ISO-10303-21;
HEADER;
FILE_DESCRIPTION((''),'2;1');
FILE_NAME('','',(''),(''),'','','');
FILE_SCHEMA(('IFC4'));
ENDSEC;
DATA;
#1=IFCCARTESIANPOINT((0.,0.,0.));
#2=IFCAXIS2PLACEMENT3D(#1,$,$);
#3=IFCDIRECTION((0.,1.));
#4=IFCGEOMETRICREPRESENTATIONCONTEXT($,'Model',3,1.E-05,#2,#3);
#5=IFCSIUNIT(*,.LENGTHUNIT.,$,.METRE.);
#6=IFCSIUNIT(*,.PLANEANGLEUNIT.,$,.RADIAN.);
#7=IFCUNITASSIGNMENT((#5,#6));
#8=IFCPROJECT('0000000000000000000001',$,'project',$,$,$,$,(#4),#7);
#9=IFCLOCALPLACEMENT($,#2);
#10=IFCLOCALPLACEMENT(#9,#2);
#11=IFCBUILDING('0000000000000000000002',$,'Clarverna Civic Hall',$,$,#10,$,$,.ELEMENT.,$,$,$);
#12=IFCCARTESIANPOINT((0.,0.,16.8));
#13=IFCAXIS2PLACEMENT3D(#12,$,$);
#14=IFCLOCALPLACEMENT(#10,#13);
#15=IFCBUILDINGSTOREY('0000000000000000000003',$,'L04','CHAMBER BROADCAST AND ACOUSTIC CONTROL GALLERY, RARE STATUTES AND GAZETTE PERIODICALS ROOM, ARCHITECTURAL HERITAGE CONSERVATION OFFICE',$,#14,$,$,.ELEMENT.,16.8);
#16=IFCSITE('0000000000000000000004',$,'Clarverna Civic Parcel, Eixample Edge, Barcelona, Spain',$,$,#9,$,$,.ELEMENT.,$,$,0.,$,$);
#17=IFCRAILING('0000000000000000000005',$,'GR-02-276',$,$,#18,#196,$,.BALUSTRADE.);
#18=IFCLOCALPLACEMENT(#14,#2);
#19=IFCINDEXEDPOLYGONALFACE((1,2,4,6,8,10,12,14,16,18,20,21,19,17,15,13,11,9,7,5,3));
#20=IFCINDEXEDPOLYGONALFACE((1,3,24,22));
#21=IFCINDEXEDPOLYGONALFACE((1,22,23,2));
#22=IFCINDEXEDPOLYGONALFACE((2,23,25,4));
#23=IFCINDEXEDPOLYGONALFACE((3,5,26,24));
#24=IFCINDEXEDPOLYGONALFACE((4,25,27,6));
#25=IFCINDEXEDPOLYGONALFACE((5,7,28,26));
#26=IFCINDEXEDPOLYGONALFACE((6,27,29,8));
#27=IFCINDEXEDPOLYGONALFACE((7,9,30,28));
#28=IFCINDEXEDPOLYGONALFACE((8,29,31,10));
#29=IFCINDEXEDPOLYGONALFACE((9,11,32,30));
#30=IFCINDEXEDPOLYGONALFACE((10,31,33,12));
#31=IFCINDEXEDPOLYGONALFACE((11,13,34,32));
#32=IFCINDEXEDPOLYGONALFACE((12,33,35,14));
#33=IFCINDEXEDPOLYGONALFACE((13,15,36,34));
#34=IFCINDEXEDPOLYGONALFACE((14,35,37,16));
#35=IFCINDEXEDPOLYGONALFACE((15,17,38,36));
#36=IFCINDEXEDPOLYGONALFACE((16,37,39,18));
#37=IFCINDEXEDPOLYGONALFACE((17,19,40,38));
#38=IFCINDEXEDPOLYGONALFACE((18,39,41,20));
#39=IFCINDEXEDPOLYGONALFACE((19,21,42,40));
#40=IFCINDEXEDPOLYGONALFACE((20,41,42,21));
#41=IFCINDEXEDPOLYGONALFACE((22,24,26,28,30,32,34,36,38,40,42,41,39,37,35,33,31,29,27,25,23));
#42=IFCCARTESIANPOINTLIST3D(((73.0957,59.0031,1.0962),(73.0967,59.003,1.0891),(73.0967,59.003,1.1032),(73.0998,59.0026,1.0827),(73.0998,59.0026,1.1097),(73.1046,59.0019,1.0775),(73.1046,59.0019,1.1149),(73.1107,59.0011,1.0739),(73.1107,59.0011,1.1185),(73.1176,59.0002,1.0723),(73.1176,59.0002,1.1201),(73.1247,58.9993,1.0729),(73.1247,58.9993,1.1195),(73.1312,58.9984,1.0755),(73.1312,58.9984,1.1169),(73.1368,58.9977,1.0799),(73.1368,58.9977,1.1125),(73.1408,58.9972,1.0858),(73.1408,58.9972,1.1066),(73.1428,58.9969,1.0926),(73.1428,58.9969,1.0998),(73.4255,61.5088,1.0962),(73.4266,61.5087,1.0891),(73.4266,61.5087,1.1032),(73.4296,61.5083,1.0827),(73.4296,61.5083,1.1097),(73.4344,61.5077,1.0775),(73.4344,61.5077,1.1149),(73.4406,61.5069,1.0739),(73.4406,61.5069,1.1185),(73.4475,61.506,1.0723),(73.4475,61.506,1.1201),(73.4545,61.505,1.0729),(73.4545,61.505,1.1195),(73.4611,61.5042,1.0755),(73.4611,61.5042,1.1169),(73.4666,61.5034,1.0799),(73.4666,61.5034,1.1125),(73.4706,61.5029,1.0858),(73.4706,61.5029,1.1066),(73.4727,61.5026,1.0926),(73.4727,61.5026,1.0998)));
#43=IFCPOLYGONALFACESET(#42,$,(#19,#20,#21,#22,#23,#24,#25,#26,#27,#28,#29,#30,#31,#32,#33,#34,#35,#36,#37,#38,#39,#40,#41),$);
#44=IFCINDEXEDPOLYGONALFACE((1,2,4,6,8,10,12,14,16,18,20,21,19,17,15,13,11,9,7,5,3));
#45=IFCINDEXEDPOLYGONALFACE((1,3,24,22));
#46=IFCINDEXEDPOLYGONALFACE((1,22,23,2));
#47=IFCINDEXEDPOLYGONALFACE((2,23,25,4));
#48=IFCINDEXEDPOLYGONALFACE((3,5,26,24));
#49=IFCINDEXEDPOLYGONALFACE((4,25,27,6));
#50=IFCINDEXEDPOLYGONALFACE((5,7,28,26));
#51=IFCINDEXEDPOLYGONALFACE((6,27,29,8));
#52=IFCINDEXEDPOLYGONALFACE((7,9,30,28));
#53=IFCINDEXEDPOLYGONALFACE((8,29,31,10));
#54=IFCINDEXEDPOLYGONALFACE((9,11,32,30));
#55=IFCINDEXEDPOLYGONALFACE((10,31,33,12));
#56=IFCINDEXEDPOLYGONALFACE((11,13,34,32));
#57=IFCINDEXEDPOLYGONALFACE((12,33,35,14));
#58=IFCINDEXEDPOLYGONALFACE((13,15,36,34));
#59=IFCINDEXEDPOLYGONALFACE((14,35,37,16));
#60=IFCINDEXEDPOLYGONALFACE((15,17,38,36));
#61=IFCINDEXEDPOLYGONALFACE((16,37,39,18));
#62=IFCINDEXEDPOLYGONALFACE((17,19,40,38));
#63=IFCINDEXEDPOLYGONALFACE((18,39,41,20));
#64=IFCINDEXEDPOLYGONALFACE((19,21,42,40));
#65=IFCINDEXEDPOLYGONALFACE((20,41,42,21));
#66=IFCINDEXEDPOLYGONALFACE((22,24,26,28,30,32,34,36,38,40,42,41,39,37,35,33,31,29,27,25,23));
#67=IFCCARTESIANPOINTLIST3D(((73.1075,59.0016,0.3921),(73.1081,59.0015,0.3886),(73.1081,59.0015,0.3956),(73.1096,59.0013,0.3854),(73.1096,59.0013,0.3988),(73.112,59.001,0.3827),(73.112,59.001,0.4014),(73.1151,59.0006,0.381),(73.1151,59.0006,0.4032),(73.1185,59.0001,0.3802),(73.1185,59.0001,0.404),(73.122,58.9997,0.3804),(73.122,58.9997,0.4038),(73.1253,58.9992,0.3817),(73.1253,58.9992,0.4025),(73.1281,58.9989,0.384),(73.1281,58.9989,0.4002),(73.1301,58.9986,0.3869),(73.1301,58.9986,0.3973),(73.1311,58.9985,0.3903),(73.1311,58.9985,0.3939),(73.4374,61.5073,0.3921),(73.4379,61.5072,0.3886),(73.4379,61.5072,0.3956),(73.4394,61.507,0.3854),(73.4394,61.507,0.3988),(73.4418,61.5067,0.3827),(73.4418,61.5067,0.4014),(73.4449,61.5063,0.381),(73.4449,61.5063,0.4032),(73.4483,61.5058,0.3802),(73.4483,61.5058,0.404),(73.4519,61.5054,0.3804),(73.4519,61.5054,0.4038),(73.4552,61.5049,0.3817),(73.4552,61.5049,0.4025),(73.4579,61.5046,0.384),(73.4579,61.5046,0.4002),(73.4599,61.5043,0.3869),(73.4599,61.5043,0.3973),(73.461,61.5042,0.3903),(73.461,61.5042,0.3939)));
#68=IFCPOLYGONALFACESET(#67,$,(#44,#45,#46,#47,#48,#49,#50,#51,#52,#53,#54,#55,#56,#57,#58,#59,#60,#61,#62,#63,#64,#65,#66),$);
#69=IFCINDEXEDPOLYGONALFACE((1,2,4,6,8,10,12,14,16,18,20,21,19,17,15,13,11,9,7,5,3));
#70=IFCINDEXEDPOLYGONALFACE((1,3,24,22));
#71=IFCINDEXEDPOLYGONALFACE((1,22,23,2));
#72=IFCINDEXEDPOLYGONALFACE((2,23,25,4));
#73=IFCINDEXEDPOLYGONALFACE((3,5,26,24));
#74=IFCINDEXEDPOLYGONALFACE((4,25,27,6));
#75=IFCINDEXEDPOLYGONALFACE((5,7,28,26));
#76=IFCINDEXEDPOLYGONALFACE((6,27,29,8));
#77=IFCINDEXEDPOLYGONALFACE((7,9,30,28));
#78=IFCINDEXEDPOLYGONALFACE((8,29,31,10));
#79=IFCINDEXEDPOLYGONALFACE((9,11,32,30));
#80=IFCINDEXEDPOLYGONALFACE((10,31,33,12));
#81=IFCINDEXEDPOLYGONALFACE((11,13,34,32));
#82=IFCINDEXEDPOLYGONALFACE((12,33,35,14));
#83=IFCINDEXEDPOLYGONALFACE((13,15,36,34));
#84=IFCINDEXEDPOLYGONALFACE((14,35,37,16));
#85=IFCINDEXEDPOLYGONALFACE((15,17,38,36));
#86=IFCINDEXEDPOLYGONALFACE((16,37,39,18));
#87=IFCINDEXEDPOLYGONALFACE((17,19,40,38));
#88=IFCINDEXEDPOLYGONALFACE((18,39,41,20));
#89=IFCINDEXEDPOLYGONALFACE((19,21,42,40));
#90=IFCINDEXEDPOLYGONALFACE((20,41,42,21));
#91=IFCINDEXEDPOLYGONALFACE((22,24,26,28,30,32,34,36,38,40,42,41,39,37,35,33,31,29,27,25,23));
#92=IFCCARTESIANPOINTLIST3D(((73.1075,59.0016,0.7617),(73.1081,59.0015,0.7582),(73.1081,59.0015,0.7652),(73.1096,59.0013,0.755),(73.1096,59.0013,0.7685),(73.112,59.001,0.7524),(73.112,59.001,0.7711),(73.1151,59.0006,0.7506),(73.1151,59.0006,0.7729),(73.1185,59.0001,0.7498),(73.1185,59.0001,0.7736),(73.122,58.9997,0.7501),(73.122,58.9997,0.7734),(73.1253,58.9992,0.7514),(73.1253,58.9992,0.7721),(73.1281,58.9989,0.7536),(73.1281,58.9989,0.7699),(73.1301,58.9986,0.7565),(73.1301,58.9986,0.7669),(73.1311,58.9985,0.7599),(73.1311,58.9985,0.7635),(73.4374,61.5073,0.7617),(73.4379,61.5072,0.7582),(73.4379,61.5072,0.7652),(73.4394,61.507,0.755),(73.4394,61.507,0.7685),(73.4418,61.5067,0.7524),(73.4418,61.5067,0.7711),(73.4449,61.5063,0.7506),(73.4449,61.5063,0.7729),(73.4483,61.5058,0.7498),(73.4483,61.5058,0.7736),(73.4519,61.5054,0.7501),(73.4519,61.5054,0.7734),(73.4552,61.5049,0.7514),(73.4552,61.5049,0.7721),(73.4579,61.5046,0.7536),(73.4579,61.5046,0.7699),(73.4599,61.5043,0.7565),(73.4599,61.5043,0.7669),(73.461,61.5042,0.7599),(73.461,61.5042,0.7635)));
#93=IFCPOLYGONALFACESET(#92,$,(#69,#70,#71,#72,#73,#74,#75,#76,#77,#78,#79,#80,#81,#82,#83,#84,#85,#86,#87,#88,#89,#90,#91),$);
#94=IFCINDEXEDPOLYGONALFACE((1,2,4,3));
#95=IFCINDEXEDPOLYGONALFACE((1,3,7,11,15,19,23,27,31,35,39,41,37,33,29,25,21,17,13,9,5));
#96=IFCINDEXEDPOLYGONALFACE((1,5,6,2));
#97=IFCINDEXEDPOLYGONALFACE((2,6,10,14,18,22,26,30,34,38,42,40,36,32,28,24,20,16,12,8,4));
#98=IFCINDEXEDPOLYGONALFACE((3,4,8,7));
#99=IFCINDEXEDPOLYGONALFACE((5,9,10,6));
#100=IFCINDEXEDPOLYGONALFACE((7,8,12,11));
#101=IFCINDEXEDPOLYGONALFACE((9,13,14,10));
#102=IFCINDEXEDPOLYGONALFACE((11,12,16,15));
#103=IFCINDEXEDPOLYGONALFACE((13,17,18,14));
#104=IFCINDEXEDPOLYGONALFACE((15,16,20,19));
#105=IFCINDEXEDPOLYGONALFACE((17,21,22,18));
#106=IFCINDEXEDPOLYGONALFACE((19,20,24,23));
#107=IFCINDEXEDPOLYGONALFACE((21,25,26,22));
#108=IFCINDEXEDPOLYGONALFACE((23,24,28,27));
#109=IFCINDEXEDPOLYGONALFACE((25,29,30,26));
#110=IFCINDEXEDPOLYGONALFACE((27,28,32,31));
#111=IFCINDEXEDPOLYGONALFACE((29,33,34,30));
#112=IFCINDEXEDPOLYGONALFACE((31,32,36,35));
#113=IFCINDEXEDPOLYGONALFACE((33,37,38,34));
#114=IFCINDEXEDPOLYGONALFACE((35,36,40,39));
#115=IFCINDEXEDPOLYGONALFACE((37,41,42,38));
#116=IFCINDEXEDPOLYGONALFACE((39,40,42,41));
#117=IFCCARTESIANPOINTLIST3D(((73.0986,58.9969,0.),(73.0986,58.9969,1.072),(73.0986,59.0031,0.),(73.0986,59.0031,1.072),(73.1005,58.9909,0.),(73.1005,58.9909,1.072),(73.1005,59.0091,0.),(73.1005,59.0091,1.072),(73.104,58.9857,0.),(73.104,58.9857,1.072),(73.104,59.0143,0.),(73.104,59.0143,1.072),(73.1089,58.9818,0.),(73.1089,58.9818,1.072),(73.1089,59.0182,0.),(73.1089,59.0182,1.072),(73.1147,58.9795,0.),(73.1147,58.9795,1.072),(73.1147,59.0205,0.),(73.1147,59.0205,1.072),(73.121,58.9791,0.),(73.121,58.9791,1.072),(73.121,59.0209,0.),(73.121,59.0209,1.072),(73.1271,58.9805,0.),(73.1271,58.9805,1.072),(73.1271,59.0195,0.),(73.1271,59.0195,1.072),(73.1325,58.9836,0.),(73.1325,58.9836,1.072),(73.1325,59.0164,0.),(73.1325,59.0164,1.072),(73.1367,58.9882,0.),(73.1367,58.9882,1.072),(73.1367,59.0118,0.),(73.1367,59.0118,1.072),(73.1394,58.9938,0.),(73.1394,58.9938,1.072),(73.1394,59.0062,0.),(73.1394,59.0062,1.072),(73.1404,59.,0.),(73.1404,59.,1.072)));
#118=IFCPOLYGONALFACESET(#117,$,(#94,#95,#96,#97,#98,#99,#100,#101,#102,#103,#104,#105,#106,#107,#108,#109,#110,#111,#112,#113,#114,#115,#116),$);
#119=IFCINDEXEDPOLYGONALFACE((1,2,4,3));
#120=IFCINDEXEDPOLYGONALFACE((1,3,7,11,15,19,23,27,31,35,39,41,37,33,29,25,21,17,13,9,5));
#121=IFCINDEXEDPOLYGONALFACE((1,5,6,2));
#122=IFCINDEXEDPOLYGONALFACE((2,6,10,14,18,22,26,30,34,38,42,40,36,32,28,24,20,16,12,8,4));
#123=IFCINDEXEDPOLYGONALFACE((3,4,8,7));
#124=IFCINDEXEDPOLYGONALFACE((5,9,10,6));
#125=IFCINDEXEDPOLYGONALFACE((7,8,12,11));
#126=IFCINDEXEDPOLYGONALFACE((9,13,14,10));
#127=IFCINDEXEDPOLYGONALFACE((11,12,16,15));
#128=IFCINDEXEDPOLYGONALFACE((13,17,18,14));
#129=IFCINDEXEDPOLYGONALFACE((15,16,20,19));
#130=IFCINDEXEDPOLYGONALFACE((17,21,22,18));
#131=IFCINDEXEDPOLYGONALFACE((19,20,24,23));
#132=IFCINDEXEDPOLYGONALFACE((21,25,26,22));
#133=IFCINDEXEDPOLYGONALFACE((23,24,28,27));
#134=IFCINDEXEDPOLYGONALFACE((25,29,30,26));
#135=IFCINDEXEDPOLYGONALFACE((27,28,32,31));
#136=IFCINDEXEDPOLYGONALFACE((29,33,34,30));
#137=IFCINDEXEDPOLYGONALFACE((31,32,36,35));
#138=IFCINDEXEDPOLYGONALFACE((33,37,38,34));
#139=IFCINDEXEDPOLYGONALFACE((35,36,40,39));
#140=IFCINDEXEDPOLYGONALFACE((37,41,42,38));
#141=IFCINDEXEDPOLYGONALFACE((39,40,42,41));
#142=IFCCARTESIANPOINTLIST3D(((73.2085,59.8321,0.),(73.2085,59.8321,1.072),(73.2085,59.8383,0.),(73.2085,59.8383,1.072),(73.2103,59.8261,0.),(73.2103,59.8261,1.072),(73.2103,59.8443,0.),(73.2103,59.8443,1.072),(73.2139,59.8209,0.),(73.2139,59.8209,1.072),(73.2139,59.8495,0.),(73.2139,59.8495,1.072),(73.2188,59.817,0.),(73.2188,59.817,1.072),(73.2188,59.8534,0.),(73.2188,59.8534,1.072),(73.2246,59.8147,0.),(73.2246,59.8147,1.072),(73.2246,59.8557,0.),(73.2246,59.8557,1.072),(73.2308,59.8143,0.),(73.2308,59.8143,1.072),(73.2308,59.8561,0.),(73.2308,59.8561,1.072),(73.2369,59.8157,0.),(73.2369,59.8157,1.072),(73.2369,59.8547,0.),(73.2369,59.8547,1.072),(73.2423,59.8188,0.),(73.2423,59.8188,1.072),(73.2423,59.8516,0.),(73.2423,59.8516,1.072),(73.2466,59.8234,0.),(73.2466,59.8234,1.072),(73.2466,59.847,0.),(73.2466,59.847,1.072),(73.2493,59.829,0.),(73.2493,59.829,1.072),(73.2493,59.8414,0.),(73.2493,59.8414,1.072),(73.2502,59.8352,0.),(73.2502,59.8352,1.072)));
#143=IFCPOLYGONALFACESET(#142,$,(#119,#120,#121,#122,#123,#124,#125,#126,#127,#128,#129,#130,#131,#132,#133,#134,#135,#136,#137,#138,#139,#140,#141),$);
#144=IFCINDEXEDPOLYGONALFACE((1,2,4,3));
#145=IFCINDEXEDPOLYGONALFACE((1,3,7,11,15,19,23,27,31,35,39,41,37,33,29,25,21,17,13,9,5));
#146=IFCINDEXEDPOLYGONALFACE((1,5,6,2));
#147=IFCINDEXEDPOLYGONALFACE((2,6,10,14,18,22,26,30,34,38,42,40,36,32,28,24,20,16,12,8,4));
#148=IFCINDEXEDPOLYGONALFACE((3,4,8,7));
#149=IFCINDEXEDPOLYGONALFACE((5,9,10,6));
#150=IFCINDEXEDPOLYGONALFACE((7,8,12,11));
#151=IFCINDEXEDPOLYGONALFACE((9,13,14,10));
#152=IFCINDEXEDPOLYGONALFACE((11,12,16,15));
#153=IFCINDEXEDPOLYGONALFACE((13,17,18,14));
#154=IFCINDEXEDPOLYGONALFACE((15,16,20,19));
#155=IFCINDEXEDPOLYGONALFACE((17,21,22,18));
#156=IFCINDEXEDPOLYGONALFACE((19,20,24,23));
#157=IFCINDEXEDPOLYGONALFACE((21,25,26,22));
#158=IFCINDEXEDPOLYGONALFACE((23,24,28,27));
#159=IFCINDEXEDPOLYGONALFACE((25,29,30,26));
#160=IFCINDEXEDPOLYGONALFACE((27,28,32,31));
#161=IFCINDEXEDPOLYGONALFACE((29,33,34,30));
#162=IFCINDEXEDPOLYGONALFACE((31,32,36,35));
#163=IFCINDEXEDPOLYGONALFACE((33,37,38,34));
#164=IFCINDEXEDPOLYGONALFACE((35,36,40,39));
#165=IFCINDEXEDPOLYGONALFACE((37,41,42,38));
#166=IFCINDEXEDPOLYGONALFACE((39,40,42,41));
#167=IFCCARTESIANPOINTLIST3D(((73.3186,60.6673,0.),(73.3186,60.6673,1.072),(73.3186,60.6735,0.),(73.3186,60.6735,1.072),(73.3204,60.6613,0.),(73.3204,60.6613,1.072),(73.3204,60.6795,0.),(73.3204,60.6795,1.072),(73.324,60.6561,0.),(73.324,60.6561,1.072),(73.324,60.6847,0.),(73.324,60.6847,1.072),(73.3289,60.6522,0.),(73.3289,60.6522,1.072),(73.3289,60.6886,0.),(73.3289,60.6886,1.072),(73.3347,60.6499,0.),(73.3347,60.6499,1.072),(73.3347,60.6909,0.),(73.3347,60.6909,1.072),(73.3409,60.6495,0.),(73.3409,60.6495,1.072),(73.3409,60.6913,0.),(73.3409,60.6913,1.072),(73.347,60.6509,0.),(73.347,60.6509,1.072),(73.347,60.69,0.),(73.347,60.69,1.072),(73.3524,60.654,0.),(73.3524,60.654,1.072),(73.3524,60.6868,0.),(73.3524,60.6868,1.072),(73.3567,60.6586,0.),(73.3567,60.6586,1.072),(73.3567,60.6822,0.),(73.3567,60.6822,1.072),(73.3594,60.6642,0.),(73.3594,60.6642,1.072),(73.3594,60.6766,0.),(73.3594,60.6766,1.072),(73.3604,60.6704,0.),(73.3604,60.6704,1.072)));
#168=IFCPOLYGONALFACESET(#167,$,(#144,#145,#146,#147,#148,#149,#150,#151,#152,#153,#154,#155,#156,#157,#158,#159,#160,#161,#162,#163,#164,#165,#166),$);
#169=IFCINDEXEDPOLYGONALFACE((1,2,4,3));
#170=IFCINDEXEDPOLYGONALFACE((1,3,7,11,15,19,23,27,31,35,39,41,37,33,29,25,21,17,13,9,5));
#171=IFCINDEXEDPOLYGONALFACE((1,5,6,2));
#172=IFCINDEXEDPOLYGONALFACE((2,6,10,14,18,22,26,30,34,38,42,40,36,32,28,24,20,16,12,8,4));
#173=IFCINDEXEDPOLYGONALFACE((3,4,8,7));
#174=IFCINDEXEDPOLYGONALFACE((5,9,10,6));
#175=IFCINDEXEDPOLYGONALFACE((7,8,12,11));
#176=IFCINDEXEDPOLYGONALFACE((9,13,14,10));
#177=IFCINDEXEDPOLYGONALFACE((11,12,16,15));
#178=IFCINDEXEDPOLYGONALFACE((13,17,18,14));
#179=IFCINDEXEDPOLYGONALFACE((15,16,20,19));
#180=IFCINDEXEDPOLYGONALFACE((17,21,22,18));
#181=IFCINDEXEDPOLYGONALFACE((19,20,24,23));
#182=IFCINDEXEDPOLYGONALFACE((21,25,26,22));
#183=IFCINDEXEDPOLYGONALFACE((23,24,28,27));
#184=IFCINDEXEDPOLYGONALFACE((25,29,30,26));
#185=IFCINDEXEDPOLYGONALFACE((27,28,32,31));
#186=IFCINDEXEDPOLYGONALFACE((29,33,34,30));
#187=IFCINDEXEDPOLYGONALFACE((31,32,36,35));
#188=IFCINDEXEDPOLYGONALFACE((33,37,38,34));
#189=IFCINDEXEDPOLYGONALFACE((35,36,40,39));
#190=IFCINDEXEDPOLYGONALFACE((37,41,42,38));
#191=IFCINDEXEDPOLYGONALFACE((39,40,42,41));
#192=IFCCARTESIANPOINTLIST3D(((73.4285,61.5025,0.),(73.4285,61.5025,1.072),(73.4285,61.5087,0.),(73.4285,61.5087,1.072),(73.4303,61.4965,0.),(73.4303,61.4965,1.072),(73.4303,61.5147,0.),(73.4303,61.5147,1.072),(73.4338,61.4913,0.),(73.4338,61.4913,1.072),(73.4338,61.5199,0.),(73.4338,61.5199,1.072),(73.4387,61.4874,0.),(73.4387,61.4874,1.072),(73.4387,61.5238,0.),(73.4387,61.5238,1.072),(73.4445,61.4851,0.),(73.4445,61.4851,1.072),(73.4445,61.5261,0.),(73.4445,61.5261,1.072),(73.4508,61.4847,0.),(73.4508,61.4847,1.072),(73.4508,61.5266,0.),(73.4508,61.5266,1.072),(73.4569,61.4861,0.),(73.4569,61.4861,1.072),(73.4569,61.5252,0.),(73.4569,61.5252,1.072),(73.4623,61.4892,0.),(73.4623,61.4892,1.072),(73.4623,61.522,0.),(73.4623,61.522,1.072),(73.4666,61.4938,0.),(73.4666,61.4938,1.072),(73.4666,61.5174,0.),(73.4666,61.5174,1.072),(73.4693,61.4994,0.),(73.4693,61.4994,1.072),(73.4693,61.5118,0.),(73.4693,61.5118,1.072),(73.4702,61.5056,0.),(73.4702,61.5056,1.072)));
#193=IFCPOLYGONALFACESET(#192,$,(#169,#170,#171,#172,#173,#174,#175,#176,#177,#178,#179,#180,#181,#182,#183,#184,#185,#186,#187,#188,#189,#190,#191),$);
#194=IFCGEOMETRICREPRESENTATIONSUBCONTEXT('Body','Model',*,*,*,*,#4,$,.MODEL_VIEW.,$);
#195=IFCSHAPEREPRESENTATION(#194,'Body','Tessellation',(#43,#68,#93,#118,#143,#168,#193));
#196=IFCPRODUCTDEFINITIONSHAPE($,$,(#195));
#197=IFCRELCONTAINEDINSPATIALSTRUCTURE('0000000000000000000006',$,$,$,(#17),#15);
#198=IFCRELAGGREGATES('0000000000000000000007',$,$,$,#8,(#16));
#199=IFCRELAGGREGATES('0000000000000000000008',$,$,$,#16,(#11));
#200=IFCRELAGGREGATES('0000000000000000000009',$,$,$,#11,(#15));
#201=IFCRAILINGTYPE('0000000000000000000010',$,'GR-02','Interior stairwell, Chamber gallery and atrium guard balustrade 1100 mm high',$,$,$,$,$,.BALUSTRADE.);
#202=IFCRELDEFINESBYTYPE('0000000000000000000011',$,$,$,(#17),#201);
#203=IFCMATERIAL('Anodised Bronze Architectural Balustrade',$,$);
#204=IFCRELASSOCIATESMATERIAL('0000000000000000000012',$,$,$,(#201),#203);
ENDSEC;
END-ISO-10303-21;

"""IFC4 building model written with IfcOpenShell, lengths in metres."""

from ifc_helpers import new_model, si_unit, direction, frame, origin, origin_2d, place, context, subcontext, project, spatial, circle, extrude, material, type_object, element, save


model = new_model("IFC4")

# Units and contexts
model_context = context("Model", 3, precision=1e-05, world=origin(), true_north=direction((0.0, 1.0)))
body_context = subcontext(model_context, "Body", "Model", "MODEL_VIEW")
ifc_project = project(units=[si_unit("LENGTHUNIT", "METRE"), si_unit("PLANEANGLEUNIT", "RADIAN")], contexts=[model_context])

# Site, building, storey
site_placement = place(None, origin())
site = spatial("IfcSite", under=ifc_project, at=site_placement, Name="Clarverna Civic Parcel, Eixample Edge, Barcelona, Spain", CompositionType="ELEMENT", RefElevation=0.0)
building_placement = place(site_placement, origin())
building = spatial("IfcBuilding", under=site, at=building_placement, Name="Clarverna Civic Hall", CompositionType="ELEMENT")
storey_placement = place(building_placement, frame((0.0, 0.0, 16.8)))
storey = spatial("IfcBuildingStorey", under=building, at=storey_placement, Name="L04", Description="CHAMBER BROADCAST AND ACOUSTIC CONTROL GALLERY, RARE STATUTES AND GAZETTE PERIODICALS ROOM, ARCHITECTURAL HERITAGE CONSERVATION OFFICE", CompositionType="ELEMENT", Elevation=16.8)

# Railing
ifc_material_1 = material(Name="Anodised Bronze Architectural Balustrade")
railing_type = type_object("IfcRailingType", Name="GR-02", Description="Interior stairwell, Chamber gallery and atrium guard balustrade 1100 mm high", PredefinedType="BALUSTRADE", material=ifc_material_1)
railing_1_placement = place(storey_placement, frame((73.1194, 59.0, 0.0)))
element("IfcRailing", 1, at=railing_1_placement, inside=storey, type_object=railing_type, Name="GR-02-276", PredefinedType="BALUSTRADE", context=body_context, shape_type="SweptSolid", body=[
    extrude(circle(Radius=0.0239, at=origin_2d()), frame((0.0, 0.0, 1.0962), z_axis=(0.130512, 0.991447, 0.0), x_axis=(-0.991447, 0.130512, 0.0)), (0.0, 0.0, 1.0), 2.5273),
    extrude(circle(Radius=0.012, at=origin_2d()), frame((0.0, 0.0, 0.3921), z_axis=(0.130512, 0.991447, 0.0), x_axis=(-0.991447, 0.130512, 0.0)), (0.0, 0.0, 1.0), 2.5273),
    extrude(circle(Radius=0.012, at=origin_2d()), frame((0.0, 0.0, 0.7617), z_axis=(0.130512, 0.991447, 0.0), x_axis=(-0.991447, 0.130512, 0.0)), (0.0, 0.0, 1.0), 2.5273),
    extrude(circle(Radius=0.021, at=origin_2d()), origin(), (0.0, 0.0, 1.0), 1.072),
    extrude(circle(Radius=0.021, at=origin_2d()), frame((0.1099, 0.8352, 0.0)), (0.0, 0.0, 1.0), 1.072),
    extrude(circle(Radius=0.021, at=origin_2d()), frame((0.22, 1.6704, 0.0)), (0.0, 0.0, 1.0), 1.072),
    extrude(circle(Radius=0.021, at=origin_2d()), frame((0.3298, 2.5056, 0.0)), (0.0, 0.0, 1.0), 1.072),
])

save(model, "model.ifc")
